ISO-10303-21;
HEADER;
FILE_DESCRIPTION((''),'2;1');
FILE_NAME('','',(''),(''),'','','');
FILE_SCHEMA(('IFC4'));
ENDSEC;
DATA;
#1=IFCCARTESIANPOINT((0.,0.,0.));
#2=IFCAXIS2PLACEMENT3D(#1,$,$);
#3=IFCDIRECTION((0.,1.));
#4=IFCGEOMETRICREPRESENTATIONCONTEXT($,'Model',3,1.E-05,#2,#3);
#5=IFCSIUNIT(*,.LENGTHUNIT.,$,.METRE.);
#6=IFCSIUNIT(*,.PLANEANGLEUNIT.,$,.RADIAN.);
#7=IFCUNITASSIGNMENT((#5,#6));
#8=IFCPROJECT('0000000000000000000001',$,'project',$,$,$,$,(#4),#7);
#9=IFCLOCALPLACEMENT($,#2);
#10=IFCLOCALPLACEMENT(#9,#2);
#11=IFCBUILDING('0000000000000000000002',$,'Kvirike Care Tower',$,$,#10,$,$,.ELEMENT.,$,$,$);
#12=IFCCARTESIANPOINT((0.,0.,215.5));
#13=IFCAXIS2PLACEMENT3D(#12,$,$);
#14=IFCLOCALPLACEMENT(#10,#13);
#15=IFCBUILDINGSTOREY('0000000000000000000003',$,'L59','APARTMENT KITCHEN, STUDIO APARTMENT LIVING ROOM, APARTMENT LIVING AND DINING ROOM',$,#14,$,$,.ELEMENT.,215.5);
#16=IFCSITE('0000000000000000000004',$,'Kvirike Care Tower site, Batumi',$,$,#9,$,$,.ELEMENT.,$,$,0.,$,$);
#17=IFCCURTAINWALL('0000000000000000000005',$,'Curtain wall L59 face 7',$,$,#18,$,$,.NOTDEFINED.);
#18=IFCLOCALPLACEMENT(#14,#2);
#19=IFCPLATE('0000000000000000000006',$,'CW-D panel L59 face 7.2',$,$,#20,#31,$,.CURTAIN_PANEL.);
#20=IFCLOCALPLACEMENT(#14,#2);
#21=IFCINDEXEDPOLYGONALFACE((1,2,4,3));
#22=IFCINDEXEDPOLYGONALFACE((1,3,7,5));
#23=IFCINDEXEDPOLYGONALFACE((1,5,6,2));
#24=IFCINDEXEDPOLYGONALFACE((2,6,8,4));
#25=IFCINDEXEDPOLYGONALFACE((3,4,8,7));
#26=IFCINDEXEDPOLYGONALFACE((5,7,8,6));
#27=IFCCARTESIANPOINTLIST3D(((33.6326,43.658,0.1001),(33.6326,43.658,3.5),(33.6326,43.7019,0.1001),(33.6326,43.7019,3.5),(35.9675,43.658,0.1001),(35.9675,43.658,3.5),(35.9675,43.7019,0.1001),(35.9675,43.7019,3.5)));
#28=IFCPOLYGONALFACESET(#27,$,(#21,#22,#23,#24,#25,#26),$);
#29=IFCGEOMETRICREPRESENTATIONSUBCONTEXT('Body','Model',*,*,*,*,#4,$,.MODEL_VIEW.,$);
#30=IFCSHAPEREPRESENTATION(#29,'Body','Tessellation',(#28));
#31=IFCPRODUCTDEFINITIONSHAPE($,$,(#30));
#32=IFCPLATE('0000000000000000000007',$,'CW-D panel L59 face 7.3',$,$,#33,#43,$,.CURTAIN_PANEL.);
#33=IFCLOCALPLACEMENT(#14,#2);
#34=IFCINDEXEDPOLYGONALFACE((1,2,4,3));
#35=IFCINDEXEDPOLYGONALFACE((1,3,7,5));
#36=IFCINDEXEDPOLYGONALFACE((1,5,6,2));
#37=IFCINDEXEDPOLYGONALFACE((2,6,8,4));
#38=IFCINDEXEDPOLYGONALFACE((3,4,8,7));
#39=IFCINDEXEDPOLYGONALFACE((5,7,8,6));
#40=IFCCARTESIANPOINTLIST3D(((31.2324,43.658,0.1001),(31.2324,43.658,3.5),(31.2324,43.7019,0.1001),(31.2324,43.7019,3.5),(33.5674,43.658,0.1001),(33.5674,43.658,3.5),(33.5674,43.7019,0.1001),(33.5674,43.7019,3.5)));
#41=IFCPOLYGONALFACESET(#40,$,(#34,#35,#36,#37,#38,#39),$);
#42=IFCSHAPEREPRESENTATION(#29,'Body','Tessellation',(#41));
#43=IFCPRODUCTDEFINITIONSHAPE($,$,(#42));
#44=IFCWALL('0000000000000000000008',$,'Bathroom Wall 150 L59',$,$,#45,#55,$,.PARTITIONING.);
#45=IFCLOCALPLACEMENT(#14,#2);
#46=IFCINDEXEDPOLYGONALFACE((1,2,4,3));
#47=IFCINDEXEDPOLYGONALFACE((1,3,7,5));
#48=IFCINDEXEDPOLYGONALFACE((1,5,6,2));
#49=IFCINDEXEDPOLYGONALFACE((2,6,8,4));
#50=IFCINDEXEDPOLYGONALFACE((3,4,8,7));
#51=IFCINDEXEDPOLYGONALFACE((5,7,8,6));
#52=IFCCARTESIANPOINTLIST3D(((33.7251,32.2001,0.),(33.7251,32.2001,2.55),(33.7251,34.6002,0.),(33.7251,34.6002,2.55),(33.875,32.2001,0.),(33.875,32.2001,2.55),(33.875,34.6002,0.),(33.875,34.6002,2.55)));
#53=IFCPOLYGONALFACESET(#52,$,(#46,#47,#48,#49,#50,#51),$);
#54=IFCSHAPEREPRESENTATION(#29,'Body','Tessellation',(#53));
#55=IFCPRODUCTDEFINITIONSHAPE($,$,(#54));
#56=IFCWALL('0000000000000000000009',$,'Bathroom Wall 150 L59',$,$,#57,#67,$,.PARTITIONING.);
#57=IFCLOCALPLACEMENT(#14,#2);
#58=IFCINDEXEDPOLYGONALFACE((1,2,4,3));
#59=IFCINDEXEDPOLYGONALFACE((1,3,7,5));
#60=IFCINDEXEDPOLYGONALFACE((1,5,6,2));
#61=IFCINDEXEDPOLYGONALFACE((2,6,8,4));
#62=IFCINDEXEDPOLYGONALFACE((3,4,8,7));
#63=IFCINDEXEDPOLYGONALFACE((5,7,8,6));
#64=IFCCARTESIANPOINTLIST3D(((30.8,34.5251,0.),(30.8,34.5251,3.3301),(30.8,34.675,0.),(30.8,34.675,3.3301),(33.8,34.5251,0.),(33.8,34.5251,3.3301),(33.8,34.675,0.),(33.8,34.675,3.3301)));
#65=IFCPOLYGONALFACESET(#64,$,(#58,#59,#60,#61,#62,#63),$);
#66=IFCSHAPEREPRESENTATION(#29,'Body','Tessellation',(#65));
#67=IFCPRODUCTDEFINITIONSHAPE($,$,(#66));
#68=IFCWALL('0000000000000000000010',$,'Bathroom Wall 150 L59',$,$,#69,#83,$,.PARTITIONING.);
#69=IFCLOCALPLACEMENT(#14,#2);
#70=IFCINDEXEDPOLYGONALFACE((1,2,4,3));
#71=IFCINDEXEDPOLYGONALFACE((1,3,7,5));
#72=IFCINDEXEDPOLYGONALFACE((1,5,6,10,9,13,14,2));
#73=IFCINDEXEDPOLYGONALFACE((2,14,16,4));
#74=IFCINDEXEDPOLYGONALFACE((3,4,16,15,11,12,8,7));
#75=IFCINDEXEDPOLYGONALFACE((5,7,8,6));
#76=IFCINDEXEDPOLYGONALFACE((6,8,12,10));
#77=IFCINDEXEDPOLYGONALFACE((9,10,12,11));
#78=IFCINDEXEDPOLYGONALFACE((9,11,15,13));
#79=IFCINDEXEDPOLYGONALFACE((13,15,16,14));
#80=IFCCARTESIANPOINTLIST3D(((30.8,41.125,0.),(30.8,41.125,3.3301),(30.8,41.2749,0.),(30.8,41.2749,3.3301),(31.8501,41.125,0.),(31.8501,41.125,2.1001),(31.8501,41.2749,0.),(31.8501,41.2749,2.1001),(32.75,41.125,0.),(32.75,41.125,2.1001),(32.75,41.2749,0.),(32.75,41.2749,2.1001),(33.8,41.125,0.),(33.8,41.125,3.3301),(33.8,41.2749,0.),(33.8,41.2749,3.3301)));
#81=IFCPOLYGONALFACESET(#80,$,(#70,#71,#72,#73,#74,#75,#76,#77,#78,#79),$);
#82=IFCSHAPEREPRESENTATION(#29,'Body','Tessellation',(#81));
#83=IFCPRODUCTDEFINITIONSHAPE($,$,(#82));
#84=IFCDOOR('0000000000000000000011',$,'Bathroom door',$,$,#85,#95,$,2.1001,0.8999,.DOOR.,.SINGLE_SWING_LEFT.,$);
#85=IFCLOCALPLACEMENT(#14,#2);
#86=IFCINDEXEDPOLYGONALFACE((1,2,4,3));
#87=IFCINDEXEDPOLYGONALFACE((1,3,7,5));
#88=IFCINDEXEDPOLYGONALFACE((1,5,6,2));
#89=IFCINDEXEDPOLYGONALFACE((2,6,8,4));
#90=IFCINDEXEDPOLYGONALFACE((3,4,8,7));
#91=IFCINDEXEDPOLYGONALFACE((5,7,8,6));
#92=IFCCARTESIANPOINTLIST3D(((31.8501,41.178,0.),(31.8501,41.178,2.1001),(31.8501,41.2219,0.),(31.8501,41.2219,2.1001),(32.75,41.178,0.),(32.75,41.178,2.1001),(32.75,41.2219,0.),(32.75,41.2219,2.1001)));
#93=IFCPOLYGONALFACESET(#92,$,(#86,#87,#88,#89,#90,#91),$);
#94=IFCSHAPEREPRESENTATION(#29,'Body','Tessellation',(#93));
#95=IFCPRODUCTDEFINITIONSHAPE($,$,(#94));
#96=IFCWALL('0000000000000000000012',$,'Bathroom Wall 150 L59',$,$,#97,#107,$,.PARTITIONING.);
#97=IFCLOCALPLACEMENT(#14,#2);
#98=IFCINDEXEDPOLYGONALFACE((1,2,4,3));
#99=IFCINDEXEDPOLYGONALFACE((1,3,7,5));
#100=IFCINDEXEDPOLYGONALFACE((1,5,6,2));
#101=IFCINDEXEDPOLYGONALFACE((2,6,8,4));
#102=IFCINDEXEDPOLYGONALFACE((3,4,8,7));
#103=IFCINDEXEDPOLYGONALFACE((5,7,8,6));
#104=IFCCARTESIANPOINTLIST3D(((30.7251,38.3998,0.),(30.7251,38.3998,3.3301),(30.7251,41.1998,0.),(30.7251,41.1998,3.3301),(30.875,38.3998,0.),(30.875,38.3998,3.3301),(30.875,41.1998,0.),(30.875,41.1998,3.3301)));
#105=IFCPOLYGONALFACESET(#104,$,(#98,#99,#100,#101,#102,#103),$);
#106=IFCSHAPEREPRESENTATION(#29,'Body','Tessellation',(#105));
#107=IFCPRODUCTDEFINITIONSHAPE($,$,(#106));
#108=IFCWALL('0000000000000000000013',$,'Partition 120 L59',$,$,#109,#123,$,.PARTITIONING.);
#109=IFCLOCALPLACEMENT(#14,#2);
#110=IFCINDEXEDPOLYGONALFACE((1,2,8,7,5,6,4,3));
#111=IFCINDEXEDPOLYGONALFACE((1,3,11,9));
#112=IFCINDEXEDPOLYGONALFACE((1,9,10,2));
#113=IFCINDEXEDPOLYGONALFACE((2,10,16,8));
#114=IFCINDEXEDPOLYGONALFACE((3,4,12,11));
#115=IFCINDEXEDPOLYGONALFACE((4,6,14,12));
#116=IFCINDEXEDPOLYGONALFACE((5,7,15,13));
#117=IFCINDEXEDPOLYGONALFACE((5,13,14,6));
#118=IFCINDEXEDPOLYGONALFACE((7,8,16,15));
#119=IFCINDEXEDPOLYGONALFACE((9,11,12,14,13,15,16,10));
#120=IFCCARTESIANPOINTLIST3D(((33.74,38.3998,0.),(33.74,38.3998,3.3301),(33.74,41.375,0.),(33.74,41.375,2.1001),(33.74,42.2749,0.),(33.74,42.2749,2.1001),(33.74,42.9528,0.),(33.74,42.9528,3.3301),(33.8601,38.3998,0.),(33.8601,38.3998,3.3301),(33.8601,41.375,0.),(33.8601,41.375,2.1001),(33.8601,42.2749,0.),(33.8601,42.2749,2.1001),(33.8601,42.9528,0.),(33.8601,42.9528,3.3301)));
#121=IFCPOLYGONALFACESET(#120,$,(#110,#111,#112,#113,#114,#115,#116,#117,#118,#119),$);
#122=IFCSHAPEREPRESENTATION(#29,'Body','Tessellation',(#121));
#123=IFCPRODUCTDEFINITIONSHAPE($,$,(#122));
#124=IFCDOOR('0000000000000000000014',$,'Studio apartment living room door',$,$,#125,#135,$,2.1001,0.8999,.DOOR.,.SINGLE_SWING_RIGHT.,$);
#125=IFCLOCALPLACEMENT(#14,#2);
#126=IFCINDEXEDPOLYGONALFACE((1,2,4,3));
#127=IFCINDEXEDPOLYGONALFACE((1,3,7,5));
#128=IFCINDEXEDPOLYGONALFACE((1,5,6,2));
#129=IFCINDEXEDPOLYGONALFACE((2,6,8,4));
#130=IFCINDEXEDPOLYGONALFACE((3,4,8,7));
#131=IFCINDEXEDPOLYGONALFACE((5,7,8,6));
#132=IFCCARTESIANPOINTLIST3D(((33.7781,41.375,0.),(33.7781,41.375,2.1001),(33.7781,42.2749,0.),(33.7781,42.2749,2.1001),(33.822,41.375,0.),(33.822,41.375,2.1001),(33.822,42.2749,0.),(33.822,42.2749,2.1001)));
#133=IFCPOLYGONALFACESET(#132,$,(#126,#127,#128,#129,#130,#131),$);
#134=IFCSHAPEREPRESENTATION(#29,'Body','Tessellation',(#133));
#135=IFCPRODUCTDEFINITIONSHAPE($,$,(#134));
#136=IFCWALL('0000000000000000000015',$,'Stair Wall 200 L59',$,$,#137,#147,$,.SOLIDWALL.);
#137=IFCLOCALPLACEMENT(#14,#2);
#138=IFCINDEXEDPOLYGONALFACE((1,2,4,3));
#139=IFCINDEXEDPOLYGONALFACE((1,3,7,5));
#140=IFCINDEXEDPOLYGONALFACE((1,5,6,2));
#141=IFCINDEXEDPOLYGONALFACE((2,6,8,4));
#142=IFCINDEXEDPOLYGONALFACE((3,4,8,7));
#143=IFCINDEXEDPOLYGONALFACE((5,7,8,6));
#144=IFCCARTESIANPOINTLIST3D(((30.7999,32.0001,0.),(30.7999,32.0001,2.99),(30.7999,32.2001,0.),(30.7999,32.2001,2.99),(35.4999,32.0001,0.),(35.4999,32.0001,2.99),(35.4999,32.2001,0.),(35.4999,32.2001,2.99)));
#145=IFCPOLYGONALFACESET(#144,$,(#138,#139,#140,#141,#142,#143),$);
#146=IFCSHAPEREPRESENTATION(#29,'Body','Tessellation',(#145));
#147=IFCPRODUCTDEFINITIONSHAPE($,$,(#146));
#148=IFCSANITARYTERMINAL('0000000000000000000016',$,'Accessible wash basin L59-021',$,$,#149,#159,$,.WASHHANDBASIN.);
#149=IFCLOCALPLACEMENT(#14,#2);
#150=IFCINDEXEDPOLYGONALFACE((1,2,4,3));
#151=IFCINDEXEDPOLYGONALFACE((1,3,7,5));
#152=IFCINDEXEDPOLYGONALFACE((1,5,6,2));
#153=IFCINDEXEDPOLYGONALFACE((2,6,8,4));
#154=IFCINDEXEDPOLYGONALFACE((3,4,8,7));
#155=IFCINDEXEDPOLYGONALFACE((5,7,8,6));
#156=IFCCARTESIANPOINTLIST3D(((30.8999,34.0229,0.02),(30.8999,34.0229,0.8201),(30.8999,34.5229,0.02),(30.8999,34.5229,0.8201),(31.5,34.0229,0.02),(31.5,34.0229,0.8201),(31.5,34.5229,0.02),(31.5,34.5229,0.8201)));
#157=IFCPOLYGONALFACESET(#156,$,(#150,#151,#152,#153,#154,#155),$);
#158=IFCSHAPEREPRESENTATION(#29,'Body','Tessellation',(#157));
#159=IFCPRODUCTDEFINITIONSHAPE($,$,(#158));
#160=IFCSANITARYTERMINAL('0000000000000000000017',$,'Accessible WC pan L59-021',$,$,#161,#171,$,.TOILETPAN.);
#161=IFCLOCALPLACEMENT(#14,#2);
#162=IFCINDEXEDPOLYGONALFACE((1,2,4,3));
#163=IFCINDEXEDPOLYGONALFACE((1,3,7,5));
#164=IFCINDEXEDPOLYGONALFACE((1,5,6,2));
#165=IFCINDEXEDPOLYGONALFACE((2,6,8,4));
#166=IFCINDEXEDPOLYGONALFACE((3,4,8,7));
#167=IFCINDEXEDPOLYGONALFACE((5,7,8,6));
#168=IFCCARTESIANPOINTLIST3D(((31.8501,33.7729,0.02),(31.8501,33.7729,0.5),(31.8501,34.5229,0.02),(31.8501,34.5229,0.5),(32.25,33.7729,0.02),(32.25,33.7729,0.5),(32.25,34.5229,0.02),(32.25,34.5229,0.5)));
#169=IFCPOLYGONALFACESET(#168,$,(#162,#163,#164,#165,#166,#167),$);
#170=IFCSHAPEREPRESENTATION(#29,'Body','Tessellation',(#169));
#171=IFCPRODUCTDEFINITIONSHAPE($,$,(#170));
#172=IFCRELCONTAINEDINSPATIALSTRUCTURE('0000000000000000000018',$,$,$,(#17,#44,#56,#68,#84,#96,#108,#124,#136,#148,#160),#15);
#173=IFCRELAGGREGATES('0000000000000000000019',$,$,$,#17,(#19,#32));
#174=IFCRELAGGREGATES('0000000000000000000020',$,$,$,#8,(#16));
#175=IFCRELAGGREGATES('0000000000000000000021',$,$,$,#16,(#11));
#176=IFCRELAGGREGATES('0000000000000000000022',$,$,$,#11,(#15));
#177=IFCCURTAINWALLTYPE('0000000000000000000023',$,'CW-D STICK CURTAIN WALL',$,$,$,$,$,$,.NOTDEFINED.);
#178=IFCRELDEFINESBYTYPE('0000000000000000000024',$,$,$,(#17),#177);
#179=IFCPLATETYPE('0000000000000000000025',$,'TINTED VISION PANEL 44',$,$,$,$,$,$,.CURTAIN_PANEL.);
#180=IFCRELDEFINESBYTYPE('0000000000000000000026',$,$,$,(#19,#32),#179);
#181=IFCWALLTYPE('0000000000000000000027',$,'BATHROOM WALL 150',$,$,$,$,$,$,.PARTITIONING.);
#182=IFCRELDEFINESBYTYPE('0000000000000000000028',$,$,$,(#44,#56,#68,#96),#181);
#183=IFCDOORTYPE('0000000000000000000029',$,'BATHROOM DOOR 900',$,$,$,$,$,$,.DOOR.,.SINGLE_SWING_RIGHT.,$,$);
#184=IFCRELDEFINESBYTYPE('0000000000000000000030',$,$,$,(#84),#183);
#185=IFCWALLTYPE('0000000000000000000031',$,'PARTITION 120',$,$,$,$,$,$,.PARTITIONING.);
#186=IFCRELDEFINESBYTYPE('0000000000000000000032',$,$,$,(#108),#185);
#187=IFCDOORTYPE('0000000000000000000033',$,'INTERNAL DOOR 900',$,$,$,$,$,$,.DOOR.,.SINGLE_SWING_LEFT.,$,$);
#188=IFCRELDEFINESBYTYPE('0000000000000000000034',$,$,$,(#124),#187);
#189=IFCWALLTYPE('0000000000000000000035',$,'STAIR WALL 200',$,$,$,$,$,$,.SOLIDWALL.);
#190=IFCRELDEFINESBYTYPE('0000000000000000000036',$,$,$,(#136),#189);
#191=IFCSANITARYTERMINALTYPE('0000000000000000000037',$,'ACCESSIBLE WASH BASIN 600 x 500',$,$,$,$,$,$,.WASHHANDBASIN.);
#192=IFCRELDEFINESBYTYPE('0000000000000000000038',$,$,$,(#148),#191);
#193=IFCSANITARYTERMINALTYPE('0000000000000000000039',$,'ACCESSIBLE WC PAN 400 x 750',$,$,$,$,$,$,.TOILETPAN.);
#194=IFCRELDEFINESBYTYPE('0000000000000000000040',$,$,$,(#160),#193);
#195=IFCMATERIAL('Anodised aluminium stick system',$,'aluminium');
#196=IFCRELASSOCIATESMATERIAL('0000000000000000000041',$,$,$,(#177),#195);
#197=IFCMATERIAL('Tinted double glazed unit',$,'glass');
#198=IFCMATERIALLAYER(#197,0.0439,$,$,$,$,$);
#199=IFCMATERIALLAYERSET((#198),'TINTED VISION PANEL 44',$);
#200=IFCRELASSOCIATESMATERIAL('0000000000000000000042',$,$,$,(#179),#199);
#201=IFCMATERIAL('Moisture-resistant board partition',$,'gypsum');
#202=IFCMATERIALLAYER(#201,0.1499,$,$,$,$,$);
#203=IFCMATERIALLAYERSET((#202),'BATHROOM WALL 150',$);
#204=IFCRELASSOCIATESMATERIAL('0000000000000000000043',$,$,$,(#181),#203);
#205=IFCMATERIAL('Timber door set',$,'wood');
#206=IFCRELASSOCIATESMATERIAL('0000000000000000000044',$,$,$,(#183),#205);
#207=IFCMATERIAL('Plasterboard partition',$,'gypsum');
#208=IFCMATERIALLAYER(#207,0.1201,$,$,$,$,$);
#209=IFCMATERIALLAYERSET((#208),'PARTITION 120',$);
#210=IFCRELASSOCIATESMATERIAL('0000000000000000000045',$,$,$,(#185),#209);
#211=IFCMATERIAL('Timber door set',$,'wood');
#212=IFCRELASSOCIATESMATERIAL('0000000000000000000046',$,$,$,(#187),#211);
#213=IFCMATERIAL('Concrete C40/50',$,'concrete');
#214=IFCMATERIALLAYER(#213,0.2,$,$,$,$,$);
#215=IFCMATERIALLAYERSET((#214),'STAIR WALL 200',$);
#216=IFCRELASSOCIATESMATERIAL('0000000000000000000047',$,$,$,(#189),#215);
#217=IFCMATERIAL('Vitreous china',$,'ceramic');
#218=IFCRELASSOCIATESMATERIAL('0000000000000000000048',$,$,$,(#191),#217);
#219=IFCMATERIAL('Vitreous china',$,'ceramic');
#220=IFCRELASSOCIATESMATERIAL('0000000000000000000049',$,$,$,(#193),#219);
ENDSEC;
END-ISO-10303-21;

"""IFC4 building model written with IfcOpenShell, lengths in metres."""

from ifc_helpers import new_model, si_unit, direction, frame, frame_2d, origin, origin_2d, place, context, subcontext, project, spatial, rectangle, extrude, material, layer, layer_set, type_object, element, fill, aggregate, save


model = new_model("IFC4")

# Units and contexts
model_context = context("Model", 3, precision=1e-05, world=origin(), true_north=direction((0.0, 1.0)))
body_context = subcontext(model_context, "Body", "Model", "MODEL_VIEW")
ifc_project = project(units=[si_unit("LENGTHUNIT", "METRE"), si_unit("PLANEANGLEUNIT", "RADIAN")], contexts=[model_context])

# Site, building, storey
site_placement = place(None, origin())
site = spatial("IfcSite", under=ifc_project, at=site_placement, Name="Kvirike Care Tower site, Batumi", CompositionType="ELEMENT", RefElevation=0.0)
building_placement = place(site_placement, origin())
building = spatial("IfcBuilding", under=site, at=building_placement, Name="Kvirike Care Tower", CompositionType="ELEMENT")
storey_placement = place(building_placement, frame((0.0, 0.0, 215.5)))
storey = spatial("IfcBuildingStorey", under=building, at=storey_placement, Name="L59", Description="APARTMENT KITCHEN, STUDIO APARTMENT LIVING ROOM, APARTMENT LIVING AND DINING ROOM", CompositionType="ELEMENT", Elevation=215.5)

# Curtain wall
ifc_material_1 = material(Name="Anodised aluminium stick system", Category="aluminium")
curtain_wall_type = type_object("IfcCurtainWallType", Name="CW-D STICK CURTAIN WALL", PredefinedType="NOTDEFINED", material=ifc_material_1)
curtain_wall_placement = place(storey_placement, origin())
curtain_wall = element("IfcCurtainWall", 1, at=curtain_wall_placement, inside=storey, type_object=curtain_wall_type, Name="Curtain wall L59 face 7", PredefinedType="NOTDEFINED")

# Plates
ifc_material_2 = material(Name="Tinted double glazed unit", Category="glass")
ifc_layer_1 = layer(ifc_material_2, 0.0439)
ifc_layer_set_1 = layer_set([ifc_layer_1], Name="TINTED VISION PANEL 44")
plate_type = type_object("IfcPlateType", Name="TINTED VISION PANEL 44", PredefinedType="CURTAIN_PANEL", material=ifc_layer_set_1)
plate_1_placement = place(storey_placement, frame((34.8, 43.6799, 0.1001), z_axis=(0.0, 0.0, 1.0), x_axis=(-1.0, 0.0, 0.0)))
plate_1 = element("IfcPlate", 2, at=plate_1_placement, type_object=plate_type, Name="CW-D panel L59 face 7.2", PredefinedType="CURTAIN_PANEL", context=body_context, shape_type="SweptSolid", body=[
    extrude(rectangle(XDim=2.335, YDim=0.0439, at=origin_2d()), origin(), (0.0, 0.0, 1.0), 3.3999),
])
plate_2_placement = place(storey_placement, frame((32.3999, 43.6799, 0.1001), z_axis=(0.0, 0.0, 1.0), x_axis=(-1.0, 0.0, 0.0)))
plate_2 = element("IfcPlate", 3, at=plate_2_placement, type_object=plate_type, Name="CW-D panel L59 face 7.3", PredefinedType="CURTAIN_PANEL", context=body_context, shape_type="SweptSolid", body=[
    extrude(rectangle(XDim=2.335, YDim=0.0439, at=origin_2d()), origin(), (0.0, 0.0, 1.0), 3.3999),
])
aggregate(curtain_wall, [plate_1, plate_2])

# Walls
ifc_material_3 = material(Name="Moisture-resistant board partition", Category="gypsum")
ifc_layer_2 = layer(ifc_material_3, 0.1499)
ifc_layer_set_2 = layer_set([ifc_layer_2], Name="BATHROOM WALL 150")
wall_type_1 = type_object("IfcWallType", Name="BATHROOM WALL 150", PredefinedType="PARTITIONING", material=ifc_layer_set_2)
wall_1_placement = place(storey_placement, frame((33.8, 32.2, 0.0), z_axis=(0.0, 0.0, 1.0), x_axis=(0.0, 1.0, 0.0)))
element("IfcWall", 4, at=wall_1_placement, inside=storey, type_object=wall_type_1, Name="Bathroom Wall 150 L59", PredefinedType="PARTITIONING", context=body_context, shape_type="SweptSolid", body=[
    extrude(rectangle(XDim=2.4001, YDim=0.1499, at=frame_2d((1.2002, 0.0))), origin(), (0.0, 0.0, 1.0), 2.55),
])
wall_2_placement = place(storey_placement, frame((33.8, 34.6001, 0.0), z_axis=(0.0, 0.0, 1.0), x_axis=(-1.0, 0.0, 0.0)))
element("IfcWall", 5, at=wall_2_placement, inside=storey, type_object=wall_type_1, Name="Bathroom Wall 150 L59", PredefinedType="PARTITIONING", context=body_context, shape_type="SweptSolid", body=[
    extrude(rectangle(XDim=3.0, YDim=0.1499, at=frame_2d((1.5, 0.0))), origin(), (0.0, 0.0, 1.0), 3.3301),
])

# Wall, opening, door
wall_3_placement = place(storey_placement, frame((33.8, 41.2, 0.0), z_axis=(0.0, 0.0, 1.0), x_axis=(-1.0, 0.0, 0.0)))
wall_3 = element("IfcWall", 6, at=wall_3_placement, inside=storey, type_object=wall_type_1, Name="Bathroom Wall 150 L59", PredefinedType="PARTITIONING", context=body_context, shape_type="SweptSolid", body=[
    extrude(rectangle(XDim=3.0, YDim=0.1499, at=frame_2d((1.5, 0.0))), origin(), (0.0, 0.0, 1.0), 3.3301),
])
opening_1_placement = place(wall_3_placement, frame((1.05, 0.0, 0.0)))
opening_1 = element("IfcOpeningElement", 7, at=opening_1_placement, cuts=wall_3, PredefinedType="OPENING", context=body_context, shape_type="SweptSolid", body=[
    extrude(rectangle(XDim=0.8999, YDim=2.1001, at=frame_2d((0.45, 1.05))), frame((0.0, 0.0854, 0.0), z_axis=(0.0, -1.0, 0.0), x_axis=(1.0, 0.0, 0.0)), (0.0, 0.0, 1.0), 0.1709),
])
ifc_material_4 = material(Name="Timber door set", Category="wood")
door_type_1 = type_object("IfcDoorType", Name="BATHROOM DOOR 900", OperationType="SINGLE_SWING_RIGHT", PredefinedType="DOOR", material=ifc_material_4)
door_1_placement = place(opening_1_placement, frame((0.8999, 0.0, 0.0), z_axis=(0.0, 0.0, 1.0), x_axis=(-1.0, 0.0, 0.0)))
door_1 = element("IfcDoor", 8, at=door_1_placement, inside=storey, type_object=door_type_1, Name="Bathroom door", OperationType="SINGLE_SWING_LEFT", OverallHeight=2.1001, OverallWidth=0.8999, PredefinedType="DOOR", context=body_context, shape_type="SweptSolid", body=[
    extrude(rectangle(XDim=0.8999, YDim=2.1001, at=frame_2d((0.45, 1.05))), frame((0.0, 0.022, 0.0), z_axis=(0.0, -1.0, 0.0), x_axis=(1.0, 0.0, 0.0)), (0.0, 0.0, 1.0), 0.0439),
])
fill(opening_1, door_1)

# Wall
wall_4_placement = place(storey_placement, frame((30.8, 38.3999, 0.0), z_axis=(0.0, 0.0, 1.0), x_axis=(0.0, 1.0, 0.0)))
element("IfcWall", 9, at=wall_4_placement, inside=storey, type_object=wall_type_1, Name="Bathroom Wall 150 L59", PredefinedType="PARTITIONING", context=body_context, shape_type="SweptSolid", body=[
    extrude(rectangle(XDim=2.8, YDim=0.1499, at=frame_2d((1.3999, 0.0))), origin(), (0.0, 0.0, 1.0), 3.3301),
])

# Wall, opening, door
ifc_material_5 = material(Name="Plasterboard partition", Category="gypsum")
ifc_layer_3 = layer(ifc_material_5, 0.1201)
ifc_layer_set_3 = layer_set([ifc_layer_3], Name="PARTITION 120")
wall_type_2 = type_object("IfcWallType", Name="PARTITION 120", PredefinedType="PARTITIONING", material=ifc_layer_set_3)
wall_5_placement = place(storey_placement, frame((33.8, 38.3999, 0.0), z_axis=(0.0, 0.0, 1.0), x_axis=(0.0, 1.0, 0.0)))
wall_5 = element("IfcWall", 10, at=wall_5_placement, inside=storey, type_object=wall_type_2, Name="Partition 120 L59", PredefinedType="PARTITIONING", context=body_context, shape_type="SweptSolid", body=[
    extrude(rectangle(XDim=4.553, YDim=0.1201, at=frame_2d((2.2764, 0.0))), origin(), (0.0, 0.0, 1.0), 3.3301),
])
opening_2_placement = place(wall_5_placement, frame((2.9751, 0.0, 0.0)))
opening_2 = element("IfcOpeningElement", 11, at=opening_2_placement, cuts=wall_5, PredefinedType="OPENING", context=body_context, shape_type="SweptSolid", body=[
    extrude(rectangle(XDim=0.8999, YDim=2.1001, at=frame_2d((0.45, 1.05))), frame((0.0, 0.0706, 0.0), z_axis=(0.0, -1.0, 0.0), x_axis=(1.0, 0.0, 0.0)), (0.0, 0.0, 1.0), 0.1411),
])
ifc_material_6 = material(Name="Timber door set", Category="wood")
door_type_2 = type_object("IfcDoorType", Name="INTERNAL DOOR 900", OperationType="SINGLE_SWING_LEFT", PredefinedType="DOOR", material=ifc_material_6)
door_2_placement = place(opening_2_placement, origin())
door_2 = element("IfcDoor", 12, at=door_2_placement, inside=storey, type_object=door_type_2, Name="Studio apartment living room door", OperationType="SINGLE_SWING_RIGHT", OverallHeight=2.1001, OverallWidth=0.8999, PredefinedType="DOOR", context=body_context, shape_type="SweptSolid", body=[
    extrude(rectangle(XDim=0.8999, YDim=2.1001, at=frame_2d((0.45, 1.05))), frame((0.0, 0.022, 0.0), z_axis=(0.0, -1.0, 0.0), x_axis=(1.0, 0.0, 0.0)), (0.0, 0.0, 1.0), 0.0439),
])
fill(opening_2, door_2)

# Wall
ifc_material_7 = material(Name="Concrete C40/50", Category="concrete")
ifc_layer_4 = layer(ifc_material_7, 0.2)
ifc_layer_set_4 = layer_set([ifc_layer_4], Name="STAIR WALL 200")
wall_type_3 = type_object("IfcWallType", Name="STAIR WALL 200", PredefinedType="SOLIDWALL", material=ifc_layer_set_4)
wall_6_placement = place(storey_placement, frame((35.5, 32.1001, 0.0), z_axis=(0.0, 0.0, 1.0), x_axis=(-1.0, 0.0, 0.0)))
element("IfcWall", 13, at=wall_6_placement, inside=storey, type_object=wall_type_3, Name="Stair Wall 200 L59", PredefinedType="SOLIDWALL", context=body_context, shape_type="SweptSolid", body=[
    extrude(rectangle(XDim=4.7, YDim=0.2, at=frame_2d((2.3501, 0.0))), origin(), (0.0, 0.0, 1.0), 2.99),
])

# Sanitary terminals
ifc_material_8 = material(Name="Vitreous china", Category="ceramic")
sanitary_terminal_type_1 = type_object("IfcSanitaryTerminalType", Name="ACCESSIBLE WASH BASIN 600 x 500", PredefinedType="WASHHANDBASIN", material=ifc_material_8)
sanitary_terminal_1_placement = place(storey_placement, frame((31.2, 34.2729, 0.02), z_axis=(0.0, 0.0, 1.0), x_axis=(1.0, 0.0, 0.0)))
element("IfcSanitaryTerminal", 14, at=sanitary_terminal_1_placement, inside=storey, type_object=sanitary_terminal_type_1, Name="Accessible wash basin L59-021", PredefinedType="WASHHANDBASIN", context=body_context, shape_type="SweptSolid", body=[
    extrude(rectangle(XDim=0.6001, YDim=0.5, at=origin_2d()), origin(), (0.0, 0.0, 1.0), 0.8),
])
ifc_material_9 = material(Name="Vitreous china", Category="ceramic")
sanitary_terminal_type_2 = type_object("IfcSanitaryTerminalType", Name="ACCESSIBLE WC PAN 400 x 750", PredefinedType="TOILETPAN", material=ifc_material_9)
sanitary_terminal_2_placement = place(storey_placement, frame((32.05, 34.1479, 0.02), z_axis=(0.0, 0.0, 1.0), x_axis=(1.0, 0.0, 0.0)))
element("IfcSanitaryTerminal", 15, at=sanitary_terminal_2_placement, inside=storey, type_object=sanitary_terminal_type_2, Name="Accessible WC pan L59-021", PredefinedType="TOILETPAN", context=body_context, shape_type="SweptSolid", body=[
    extrude(rectangle(XDim=0.3999, YDim=0.75, at=origin_2d()), origin(), (0.0, 0.0, 1.0), 0.48),
])

save(model, "model.ifc")
